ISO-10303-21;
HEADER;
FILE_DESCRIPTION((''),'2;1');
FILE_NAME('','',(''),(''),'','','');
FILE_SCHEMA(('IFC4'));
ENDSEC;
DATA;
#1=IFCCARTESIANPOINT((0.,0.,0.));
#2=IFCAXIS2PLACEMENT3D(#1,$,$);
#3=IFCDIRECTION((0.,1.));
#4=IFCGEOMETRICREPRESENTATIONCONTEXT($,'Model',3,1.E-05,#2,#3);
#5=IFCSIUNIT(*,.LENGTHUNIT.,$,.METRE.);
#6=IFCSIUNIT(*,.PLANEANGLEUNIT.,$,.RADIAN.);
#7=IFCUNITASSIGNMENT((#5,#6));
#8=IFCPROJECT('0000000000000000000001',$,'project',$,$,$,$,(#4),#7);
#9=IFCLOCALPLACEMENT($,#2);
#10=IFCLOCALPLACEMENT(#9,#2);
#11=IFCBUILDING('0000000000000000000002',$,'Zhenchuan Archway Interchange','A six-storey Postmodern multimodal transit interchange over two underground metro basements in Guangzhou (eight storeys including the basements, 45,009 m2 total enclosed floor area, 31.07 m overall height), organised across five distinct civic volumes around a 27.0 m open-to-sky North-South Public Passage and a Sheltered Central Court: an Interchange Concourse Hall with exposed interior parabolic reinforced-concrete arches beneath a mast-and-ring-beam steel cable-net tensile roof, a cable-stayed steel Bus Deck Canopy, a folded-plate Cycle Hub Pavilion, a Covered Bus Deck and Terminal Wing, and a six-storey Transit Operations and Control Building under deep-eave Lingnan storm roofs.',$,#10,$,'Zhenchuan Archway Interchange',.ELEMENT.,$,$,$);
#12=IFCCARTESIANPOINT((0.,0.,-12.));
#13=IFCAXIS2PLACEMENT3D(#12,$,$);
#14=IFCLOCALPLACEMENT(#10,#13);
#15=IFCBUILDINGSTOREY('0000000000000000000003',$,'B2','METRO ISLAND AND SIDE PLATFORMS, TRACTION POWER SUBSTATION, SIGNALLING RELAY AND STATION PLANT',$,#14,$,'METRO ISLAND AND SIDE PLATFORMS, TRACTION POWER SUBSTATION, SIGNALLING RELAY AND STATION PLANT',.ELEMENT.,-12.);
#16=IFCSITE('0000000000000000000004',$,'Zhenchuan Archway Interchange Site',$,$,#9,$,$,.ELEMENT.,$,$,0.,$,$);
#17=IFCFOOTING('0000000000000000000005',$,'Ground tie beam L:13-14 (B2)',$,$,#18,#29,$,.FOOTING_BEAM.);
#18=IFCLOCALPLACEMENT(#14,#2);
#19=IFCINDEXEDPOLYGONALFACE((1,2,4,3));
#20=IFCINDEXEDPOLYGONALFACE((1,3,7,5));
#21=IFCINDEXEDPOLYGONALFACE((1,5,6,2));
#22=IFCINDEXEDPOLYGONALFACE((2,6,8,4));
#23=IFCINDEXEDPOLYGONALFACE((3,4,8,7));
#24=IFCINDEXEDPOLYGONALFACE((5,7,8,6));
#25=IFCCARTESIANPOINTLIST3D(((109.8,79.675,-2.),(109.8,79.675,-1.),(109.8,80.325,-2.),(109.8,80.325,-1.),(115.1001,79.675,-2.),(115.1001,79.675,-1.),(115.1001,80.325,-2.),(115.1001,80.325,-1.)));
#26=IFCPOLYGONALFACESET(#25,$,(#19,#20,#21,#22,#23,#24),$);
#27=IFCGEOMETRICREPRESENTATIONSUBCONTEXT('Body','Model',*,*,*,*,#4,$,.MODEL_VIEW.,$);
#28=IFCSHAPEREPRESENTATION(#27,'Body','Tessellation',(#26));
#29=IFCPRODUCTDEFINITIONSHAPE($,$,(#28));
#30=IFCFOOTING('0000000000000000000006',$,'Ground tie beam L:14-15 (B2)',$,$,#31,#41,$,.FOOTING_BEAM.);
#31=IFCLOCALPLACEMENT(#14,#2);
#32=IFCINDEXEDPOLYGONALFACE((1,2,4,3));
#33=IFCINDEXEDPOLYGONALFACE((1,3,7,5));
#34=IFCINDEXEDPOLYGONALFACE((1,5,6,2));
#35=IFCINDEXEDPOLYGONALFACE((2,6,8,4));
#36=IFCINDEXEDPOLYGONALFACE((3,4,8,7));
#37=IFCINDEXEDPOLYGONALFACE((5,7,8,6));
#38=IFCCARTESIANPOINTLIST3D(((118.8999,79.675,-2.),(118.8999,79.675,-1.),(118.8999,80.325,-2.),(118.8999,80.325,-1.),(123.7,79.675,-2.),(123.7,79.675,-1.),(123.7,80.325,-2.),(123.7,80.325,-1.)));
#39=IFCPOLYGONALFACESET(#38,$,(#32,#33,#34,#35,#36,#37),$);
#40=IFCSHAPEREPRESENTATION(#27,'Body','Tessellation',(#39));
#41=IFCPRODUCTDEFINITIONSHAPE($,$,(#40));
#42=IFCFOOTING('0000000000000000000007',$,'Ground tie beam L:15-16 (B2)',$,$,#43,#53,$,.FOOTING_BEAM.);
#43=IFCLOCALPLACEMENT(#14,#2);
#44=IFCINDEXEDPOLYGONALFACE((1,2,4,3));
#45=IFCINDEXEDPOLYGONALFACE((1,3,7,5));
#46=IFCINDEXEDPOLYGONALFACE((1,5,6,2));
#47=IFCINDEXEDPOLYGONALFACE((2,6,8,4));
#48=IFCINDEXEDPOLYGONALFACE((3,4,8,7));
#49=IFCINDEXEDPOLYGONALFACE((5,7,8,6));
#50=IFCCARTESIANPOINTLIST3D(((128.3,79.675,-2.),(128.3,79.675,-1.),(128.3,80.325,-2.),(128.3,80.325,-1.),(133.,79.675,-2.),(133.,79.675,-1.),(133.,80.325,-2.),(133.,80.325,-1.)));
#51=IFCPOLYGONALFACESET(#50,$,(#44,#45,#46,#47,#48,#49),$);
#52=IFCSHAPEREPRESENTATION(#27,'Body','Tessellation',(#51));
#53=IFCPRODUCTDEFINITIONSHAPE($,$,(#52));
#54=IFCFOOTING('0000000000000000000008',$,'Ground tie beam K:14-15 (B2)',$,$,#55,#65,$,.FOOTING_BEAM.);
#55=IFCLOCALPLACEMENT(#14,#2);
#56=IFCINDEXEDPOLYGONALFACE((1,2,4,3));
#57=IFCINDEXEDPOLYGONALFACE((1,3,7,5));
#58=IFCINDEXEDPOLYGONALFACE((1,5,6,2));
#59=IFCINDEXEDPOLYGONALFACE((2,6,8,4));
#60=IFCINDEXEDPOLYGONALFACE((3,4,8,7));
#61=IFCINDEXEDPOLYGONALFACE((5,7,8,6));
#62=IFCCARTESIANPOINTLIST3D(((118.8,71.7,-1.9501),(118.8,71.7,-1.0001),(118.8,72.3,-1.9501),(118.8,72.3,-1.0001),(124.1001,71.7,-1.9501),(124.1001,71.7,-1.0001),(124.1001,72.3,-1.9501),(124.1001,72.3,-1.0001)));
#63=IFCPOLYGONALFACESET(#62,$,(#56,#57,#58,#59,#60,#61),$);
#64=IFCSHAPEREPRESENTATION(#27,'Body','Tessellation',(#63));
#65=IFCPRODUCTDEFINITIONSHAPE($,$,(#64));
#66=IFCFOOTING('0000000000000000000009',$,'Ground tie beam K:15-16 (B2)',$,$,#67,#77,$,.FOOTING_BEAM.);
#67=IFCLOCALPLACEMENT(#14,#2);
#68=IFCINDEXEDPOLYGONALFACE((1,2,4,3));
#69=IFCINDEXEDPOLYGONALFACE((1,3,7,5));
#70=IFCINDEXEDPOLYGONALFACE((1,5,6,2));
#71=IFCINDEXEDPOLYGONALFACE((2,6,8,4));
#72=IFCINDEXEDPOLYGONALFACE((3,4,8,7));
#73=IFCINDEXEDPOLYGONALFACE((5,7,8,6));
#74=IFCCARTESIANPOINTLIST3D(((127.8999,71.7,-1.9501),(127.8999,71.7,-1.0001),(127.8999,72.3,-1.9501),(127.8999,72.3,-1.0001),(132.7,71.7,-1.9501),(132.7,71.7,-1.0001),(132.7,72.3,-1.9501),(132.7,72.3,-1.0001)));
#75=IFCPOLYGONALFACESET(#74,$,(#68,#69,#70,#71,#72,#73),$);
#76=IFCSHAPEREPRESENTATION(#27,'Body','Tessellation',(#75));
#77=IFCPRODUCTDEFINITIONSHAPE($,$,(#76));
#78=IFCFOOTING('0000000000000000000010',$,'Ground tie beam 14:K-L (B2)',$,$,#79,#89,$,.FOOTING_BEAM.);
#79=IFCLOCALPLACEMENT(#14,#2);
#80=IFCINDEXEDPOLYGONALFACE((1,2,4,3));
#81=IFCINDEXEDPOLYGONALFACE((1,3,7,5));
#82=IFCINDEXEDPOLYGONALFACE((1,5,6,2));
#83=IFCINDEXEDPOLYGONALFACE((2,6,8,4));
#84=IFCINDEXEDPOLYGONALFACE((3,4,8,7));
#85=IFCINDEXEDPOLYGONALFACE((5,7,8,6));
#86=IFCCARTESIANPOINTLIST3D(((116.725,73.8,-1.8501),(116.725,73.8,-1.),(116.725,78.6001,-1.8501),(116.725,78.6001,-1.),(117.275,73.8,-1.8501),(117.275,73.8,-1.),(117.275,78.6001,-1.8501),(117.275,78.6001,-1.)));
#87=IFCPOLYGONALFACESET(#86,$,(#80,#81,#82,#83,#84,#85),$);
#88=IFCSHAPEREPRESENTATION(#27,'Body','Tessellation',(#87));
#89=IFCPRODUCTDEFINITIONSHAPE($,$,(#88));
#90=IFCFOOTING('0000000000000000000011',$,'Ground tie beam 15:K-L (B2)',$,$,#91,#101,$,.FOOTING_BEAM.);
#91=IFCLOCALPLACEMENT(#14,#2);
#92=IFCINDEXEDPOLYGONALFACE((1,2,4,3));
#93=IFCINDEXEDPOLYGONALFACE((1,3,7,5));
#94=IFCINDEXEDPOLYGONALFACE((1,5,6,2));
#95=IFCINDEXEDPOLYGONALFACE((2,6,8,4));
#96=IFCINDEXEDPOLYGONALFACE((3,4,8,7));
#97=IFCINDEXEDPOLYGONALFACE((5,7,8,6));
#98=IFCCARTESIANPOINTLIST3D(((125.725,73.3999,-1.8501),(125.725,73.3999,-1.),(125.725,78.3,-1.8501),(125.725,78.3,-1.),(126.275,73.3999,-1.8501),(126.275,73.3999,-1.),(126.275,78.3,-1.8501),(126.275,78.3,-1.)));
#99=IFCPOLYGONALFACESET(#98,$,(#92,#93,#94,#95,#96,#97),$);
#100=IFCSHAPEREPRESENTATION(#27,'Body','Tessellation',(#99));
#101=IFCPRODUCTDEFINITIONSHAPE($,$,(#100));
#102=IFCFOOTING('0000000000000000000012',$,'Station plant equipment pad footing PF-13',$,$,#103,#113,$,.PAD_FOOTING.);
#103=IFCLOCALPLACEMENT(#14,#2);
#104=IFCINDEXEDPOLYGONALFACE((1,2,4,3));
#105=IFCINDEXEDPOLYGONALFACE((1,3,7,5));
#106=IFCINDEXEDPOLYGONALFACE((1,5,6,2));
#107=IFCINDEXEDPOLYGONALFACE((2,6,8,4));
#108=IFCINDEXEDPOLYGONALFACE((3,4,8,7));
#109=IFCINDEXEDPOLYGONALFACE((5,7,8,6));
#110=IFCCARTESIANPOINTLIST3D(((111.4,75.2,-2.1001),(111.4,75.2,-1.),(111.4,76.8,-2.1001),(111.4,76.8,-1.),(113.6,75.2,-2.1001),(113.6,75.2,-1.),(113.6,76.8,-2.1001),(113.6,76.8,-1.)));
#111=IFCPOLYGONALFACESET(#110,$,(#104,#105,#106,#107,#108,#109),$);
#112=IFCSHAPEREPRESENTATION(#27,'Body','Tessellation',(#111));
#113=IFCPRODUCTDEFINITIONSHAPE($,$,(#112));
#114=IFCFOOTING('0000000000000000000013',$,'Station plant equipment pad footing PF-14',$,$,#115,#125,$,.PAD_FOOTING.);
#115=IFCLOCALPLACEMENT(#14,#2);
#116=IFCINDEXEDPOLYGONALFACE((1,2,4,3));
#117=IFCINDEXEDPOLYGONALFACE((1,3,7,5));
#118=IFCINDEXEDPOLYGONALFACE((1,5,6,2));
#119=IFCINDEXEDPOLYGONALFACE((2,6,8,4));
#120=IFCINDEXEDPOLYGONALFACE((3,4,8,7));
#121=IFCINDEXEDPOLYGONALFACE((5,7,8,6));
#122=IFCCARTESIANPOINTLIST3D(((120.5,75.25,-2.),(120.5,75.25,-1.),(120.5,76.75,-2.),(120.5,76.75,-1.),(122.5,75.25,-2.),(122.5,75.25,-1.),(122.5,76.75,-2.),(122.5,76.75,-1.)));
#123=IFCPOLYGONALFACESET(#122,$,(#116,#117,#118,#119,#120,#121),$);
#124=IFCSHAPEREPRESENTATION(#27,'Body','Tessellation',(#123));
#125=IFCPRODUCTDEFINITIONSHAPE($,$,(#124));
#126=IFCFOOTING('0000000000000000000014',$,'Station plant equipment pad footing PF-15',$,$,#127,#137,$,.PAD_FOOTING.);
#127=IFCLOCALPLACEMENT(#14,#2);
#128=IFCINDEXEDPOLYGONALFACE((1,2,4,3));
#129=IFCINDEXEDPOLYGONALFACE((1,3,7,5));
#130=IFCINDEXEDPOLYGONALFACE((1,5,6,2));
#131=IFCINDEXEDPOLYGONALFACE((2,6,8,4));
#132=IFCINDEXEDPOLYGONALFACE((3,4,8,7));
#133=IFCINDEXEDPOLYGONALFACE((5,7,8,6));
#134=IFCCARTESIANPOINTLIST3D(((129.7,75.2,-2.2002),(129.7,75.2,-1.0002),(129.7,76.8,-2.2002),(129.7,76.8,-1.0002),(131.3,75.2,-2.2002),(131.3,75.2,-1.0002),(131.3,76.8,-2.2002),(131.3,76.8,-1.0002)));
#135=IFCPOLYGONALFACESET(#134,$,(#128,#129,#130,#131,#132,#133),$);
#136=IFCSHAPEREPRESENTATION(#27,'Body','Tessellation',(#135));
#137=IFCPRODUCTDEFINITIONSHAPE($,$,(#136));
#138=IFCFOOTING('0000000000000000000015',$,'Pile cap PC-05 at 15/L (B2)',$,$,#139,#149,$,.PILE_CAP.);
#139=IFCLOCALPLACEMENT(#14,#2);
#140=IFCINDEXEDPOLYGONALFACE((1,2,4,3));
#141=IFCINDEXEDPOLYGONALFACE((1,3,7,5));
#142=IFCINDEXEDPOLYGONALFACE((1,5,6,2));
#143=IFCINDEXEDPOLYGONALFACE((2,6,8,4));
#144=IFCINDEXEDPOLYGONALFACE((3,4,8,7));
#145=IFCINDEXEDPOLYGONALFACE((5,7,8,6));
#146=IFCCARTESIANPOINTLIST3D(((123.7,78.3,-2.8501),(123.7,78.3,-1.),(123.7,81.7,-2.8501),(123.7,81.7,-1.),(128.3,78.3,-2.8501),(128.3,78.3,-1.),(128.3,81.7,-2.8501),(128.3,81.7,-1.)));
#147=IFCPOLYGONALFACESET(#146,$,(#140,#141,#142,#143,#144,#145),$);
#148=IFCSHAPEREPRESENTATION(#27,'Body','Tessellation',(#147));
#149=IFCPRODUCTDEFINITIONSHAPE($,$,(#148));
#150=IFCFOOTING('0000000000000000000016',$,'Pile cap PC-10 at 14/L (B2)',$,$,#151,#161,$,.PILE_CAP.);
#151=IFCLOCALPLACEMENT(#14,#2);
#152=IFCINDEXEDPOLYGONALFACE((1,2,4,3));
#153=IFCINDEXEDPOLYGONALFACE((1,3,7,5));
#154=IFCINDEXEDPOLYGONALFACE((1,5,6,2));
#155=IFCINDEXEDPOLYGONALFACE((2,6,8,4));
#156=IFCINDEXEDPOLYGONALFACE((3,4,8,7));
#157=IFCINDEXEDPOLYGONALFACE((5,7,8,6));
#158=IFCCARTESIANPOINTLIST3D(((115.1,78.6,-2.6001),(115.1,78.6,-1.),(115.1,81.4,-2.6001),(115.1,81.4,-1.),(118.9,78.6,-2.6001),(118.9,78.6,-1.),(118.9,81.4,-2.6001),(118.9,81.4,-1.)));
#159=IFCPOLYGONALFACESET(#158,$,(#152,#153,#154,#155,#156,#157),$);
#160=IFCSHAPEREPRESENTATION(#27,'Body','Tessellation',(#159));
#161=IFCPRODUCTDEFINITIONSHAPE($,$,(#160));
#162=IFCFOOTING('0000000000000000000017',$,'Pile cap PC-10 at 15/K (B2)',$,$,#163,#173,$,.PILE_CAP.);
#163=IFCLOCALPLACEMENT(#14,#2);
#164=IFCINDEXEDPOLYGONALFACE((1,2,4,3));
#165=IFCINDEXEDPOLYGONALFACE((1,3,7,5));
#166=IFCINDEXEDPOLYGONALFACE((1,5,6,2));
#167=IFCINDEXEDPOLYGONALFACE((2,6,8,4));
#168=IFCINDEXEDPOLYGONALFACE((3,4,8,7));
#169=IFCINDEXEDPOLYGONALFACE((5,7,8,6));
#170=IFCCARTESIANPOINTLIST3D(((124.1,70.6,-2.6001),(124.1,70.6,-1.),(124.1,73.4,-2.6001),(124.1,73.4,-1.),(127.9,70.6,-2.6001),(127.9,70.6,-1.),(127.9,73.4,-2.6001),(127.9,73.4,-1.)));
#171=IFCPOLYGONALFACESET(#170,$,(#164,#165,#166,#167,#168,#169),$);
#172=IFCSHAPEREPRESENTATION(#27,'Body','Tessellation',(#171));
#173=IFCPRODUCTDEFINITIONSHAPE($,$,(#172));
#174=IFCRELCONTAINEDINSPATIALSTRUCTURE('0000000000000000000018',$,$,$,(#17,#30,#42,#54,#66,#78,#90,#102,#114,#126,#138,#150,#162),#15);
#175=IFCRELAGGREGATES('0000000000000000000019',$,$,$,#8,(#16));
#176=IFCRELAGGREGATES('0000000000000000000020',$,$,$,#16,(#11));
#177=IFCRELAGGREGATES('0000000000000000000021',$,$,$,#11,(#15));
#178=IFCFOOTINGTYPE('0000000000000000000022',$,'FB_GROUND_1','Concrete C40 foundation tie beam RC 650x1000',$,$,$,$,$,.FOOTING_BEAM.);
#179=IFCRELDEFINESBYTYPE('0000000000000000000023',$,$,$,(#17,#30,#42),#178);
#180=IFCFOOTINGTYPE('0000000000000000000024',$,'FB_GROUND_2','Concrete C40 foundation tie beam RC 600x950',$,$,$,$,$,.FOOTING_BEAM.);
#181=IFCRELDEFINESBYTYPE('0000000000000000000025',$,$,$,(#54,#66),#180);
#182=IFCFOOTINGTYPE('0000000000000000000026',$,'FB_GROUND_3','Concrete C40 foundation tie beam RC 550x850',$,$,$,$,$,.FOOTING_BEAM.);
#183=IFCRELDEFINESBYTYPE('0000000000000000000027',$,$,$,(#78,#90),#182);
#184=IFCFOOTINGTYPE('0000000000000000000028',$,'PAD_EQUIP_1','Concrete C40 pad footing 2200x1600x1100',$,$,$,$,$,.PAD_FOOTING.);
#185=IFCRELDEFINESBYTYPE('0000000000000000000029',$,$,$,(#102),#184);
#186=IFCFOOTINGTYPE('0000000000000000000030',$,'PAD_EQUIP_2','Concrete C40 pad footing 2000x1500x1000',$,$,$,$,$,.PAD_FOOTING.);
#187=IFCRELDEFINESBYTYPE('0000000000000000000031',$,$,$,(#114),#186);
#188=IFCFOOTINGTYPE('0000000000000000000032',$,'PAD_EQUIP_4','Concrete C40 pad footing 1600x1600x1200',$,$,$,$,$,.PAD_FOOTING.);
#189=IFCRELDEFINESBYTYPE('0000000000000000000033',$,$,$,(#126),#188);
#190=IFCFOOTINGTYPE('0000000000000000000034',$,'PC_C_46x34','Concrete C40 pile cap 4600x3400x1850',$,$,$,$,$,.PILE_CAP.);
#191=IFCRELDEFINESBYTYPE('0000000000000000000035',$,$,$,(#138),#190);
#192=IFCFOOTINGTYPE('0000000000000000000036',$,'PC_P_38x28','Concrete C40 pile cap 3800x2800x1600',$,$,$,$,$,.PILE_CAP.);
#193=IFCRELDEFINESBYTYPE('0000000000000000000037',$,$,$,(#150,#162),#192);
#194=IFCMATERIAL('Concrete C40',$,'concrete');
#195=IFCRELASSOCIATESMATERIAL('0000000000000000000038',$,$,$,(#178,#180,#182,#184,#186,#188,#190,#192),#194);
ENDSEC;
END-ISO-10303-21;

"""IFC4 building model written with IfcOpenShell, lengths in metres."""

from ifc_helpers import new_model, si_unit, direction, frame, origin, origin_2d, place, context, subcontext, project, spatial, rectangle, extrude, material, material_profile, profile_set, type_object, element, save


model = new_model("IFC4")

# Units and contexts
model_context = context("Model", 3, precision=1e-05, world=origin(), true_north=direction((0.0, 1.0)))
body_context = subcontext(model_context, "Body", "Model", "MODEL_VIEW")
ifc_project = project(units=[si_unit("LENGTHUNIT", "METRE"), si_unit("PLANEANGLEUNIT", "RADIAN")], contexts=[model_context])

# Site, building, storey
site_placement = place(None, origin())
site = spatial("IfcSite", under=ifc_project, at=site_placement, Name="Zhenchuan Archway Interchange Site", CompositionType="ELEMENT", RefElevation=0.0)
building_placement = place(site_placement, origin())
building = spatial("IfcBuilding", under=site, at=building_placement, Name="Zhenchuan Archway Interchange", Description="A six-storey Postmodern multimodal transit interchange over two underground metro basements in Guangzhou (eight storeys including the basements, 45,009 m2 total enclosed floor area, 31.07 m overall height), organised across five distinct civic volumes around a 27.0 m open-to-sky North-South Public Passage and a Sheltered Central Court: an Interchange Concourse Hall with exposed interior parabolic reinforced-concrete arches beneath a mast-and-ring-beam steel cable-net tensile roof, a cable-stayed steel Bus Deck Canopy, a folded-plate Cycle Hub Pavilion, a Covered Bus Deck and Terminal Wing, and a six-storey Transit Operations and Control Building under deep-eave Lingnan storm roofs.", LongName="Zhenchuan Archway Interchange", CompositionType="ELEMENT")
storey_placement = place(building_placement, frame((0.0, 0.0, -12.0)))
storey = spatial("IfcBuildingStorey", under=building, at=storey_placement, Name="B2", Description="METRO ISLAND AND SIDE PLATFORMS, TRACTION POWER SUBSTATION, SIGNALLING RELAY AND STATION PLANT", LongName="METRO ISLAND AND SIDE PLATFORMS, TRACTION POWER SUBSTATION, SIGNALLING RELAY AND STATION PLANT", CompositionType="ELEMENT", Elevation=-12.0)

# Footings
ifc_material_1 = material(Name="Concrete C40", Category="concrete")
ifc_material_profile_1 = material_profile(ifc_material_1, rectangle(XDim=0.6499, YDim=1.0, at=origin_2d()), Name="RC 650x1000")
ifc_profile_set_1 = profile_set([ifc_material_profile_1], Name="Concrete C40")
footing_type_1 = type_object("IfcFootingType", Name="FB_GROUND_1", Description="Concrete C40 foundation tie beam RC 650x1000", PredefinedType="FOOTING_BEAM", material=ifc_profile_set_1)
footing_1_placement = place(storey_placement, frame((109.8, 80.0, -1.5), z_axis=(1.0, 0.0, 0.0), x_axis=(0.0, 1.0, 0.0)))
element("IfcFooting", 1, at=footing_1_placement, inside=storey, type_object=footing_type_1, Name="Ground tie beam L:13-14 (B2)", PredefinedType="FOOTING_BEAM", context=body_context, shape_type="SweptSolid", body=[
    extrude(rectangle(XDim=0.6499, YDim=1.0, at=origin_2d()), origin(), (0.0, 0.0, 1.0), 5.3),
])
footing_2_placement = place(storey_placement, frame((118.8999, 80.0, -1.5), z_axis=(1.0, 0.0, 0.0), x_axis=(0.0, 1.0, 0.0)))
element("IfcFooting", 2, at=footing_2_placement, inside=storey, type_object=footing_type_1, Name="Ground tie beam L:14-15 (B2)", PredefinedType="FOOTING_BEAM", context=body_context, shape_type="SweptSolid", body=[
    extrude(rectangle(XDim=0.6499, YDim=1.0, at=origin_2d()), origin(), (0.0, 0.0, 1.0), 4.8),
])
footing_3_placement = place(storey_placement, frame((128.3, 80.0, -1.5), z_axis=(1.0, 0.0, 0.0), x_axis=(0.0, 1.0, 0.0)))
element("IfcFooting", 3, at=footing_3_placement, inside=storey, type_object=footing_type_1, Name="Ground tie beam L:15-16 (B2)", PredefinedType="FOOTING_BEAM", context=body_context, shape_type="SweptSolid", body=[
    extrude(rectangle(XDim=0.6499, YDim=1.0, at=origin_2d()), origin(), (0.0, 0.0, 1.0), 4.7),
])
ifc_material_profile_2 = material_profile(ifc_material_1, rectangle(XDim=0.6001, YDim=0.95, at=origin_2d()), Name="RC 600x950")
ifc_profile_set_2 = profile_set([ifc_material_profile_2], Name="Concrete C40")
footing_type_2 = type_object("IfcFootingType", Name="FB_GROUND_2", Description="Concrete C40 foundation tie beam RC 600x950", PredefinedType="FOOTING_BEAM", material=ifc_profile_set_2)
footing_4_placement = place(storey_placement, frame((118.8, 72.0, -1.4751), z_axis=(1.0, 0.0, 0.0), x_axis=(0.0, 1.0, 0.0)))
element("IfcFooting", 4, at=footing_4_placement, inside=storey, type_object=footing_type_2, Name="Ground tie beam K:14-15 (B2)", PredefinedType="FOOTING_BEAM", context=body_context, shape_type="SweptSolid", body=[
    extrude(rectangle(XDim=0.6001, YDim=0.95, at=origin_2d()), origin(), (0.0, 0.0, 1.0), 5.3),
])
footing_5_placement = place(storey_placement, frame((127.8999, 72.0, -1.4751), z_axis=(1.0, 0.0, 0.0), x_axis=(0.0, 1.0, 0.0)))
element("IfcFooting", 5, at=footing_5_placement, inside=storey, type_object=footing_type_2, Name="Ground tie beam K:15-16 (B2)", PredefinedType="FOOTING_BEAM", context=body_context, shape_type="SweptSolid", body=[
    extrude(rectangle(XDim=0.6001, YDim=0.95, at=origin_2d()), origin(), (0.0, 0.0, 1.0), 4.8),
])
ifc_material_profile_3 = material_profile(ifc_material_1, rectangle(XDim=0.55, YDim=0.8501, at=origin_2d()), Name="RC 550x850")
ifc_profile_set_3 = profile_set([ifc_material_profile_3], Name="Concrete C40")
footing_type_3 = type_object("IfcFootingType", Name="FB_GROUND_3", Description="Concrete C40 foundation tie beam RC 550x850", PredefinedType="FOOTING_BEAM", material=ifc_profile_set_3)
footing_6_placement = place(storey_placement, frame((117.0, 73.8, -1.425), z_axis=(0.0, 1.0, 0.0), x_axis=(-1.0, 0.0, 0.0)))
element("IfcFooting", 6, at=footing_6_placement, inside=storey, type_object=footing_type_3, Name="Ground tie beam 14:K-L (B2)", PredefinedType="FOOTING_BEAM", context=body_context, shape_type="SweptSolid", body=[
    extrude(rectangle(XDim=0.55, YDim=0.8501, at=origin_2d()), origin(), (0.0, 0.0, 1.0), 4.8),
])
footing_7_placement = place(storey_placement, frame((126.0, 73.3999, -1.425), z_axis=(0.0, 1.0, 0.0), x_axis=(-1.0, 0.0, 0.0)))
element("IfcFooting", 7, at=footing_7_placement, inside=storey, type_object=footing_type_3, Name="Ground tie beam 15:K-L (B2)", PredefinedType="FOOTING_BEAM", context=body_context, shape_type="SweptSolid", body=[
    extrude(rectangle(XDim=0.55, YDim=0.8501, at=origin_2d()), origin(), (0.0, 0.0, 1.0), 4.9001),
])
footing_type_4 = type_object("IfcFootingType", Name="PAD_EQUIP_1", Description="Concrete C40 pad footing 2200x1600x1100", PredefinedType="PAD_FOOTING", material=ifc_material_1)
footing_8_placement = place(storey_placement, frame((112.5, 76.0, -2.1001), z_axis=(0.0, 0.0, 1.0), x_axis=(1.0, 0.0, 0.0)))
element("IfcFooting", 8, at=footing_8_placement, inside=storey, type_object=footing_type_4, Name="Station plant equipment pad footing PF-13", PredefinedType="PAD_FOOTING", context=body_context, shape_type="SweptSolid", body=[
    extrude(rectangle(XDim=2.2, YDim=1.6001, at=origin_2d()), origin(), (0.0, 0.0, 1.0), 1.1001),
])
footing_type_5 = type_object("IfcFootingType", Name="PAD_EQUIP_2", Description="Concrete C40 pad footing 2000x1500x1000", PredefinedType="PAD_FOOTING", material=ifc_material_1)
footing_9_placement = place(storey_placement, frame((121.5, 76.0, -2.0), z_axis=(0.0, 0.0, 1.0), x_axis=(1.0, 0.0, 0.0)))
element("IfcFooting", 9, at=footing_9_placement, inside=storey, type_object=footing_type_5, Name="Station plant equipment pad footing PF-14", PredefinedType="PAD_FOOTING", context=body_context, shape_type="SweptSolid", body=[
    extrude(rectangle(XDim=2.0, YDim=1.5, at=origin_2d()), origin(), (0.0, 0.0, 1.0), 1.0),
])
footing_type_6 = type_object("IfcFootingType", Name="PAD_EQUIP_4", Description="Concrete C40 pad footing 1600x1600x1200", PredefinedType="PAD_FOOTING", material=ifc_material_1)
footing_10_placement = place(storey_placement, frame((130.5, 76.0, -2.2002), z_axis=(0.0, 0.0, 1.0), x_axis=(1.0, 0.0, 0.0)))
element("IfcFooting", 10, at=footing_10_placement, inside=storey, type_object=footing_type_6, Name="Station plant equipment pad footing PF-15", PredefinedType="PAD_FOOTING", context=body_context, shape_type="SweptSolid", body=[
    extrude(rectangle(XDim=1.6001, YDim=1.6001, at=origin_2d()), origin(), (0.0, 0.0, 1.0), 1.2),
])
footing_type_7 = type_object("IfcFootingType", Name="PC_C_46x34", Description="Concrete C40 pile cap 4600x3400x1850", PredefinedType="PILE_CAP", material=ifc_material_1)
footing_11_placement = place(storey_placement, frame((126.0, 80.0, -2.8501), z_axis=(0.0, 0.0, 1.0), x_axis=(1.0, 0.0, 0.0)))
element("IfcFooting", 11, at=footing_11_placement, inside=storey, type_object=footing_type_7, Name="Pile cap PC-05 at 15/L (B2)", PredefinedType="PILE_CAP", context=body_context, shape_type="SweptSolid", body=[
    extrude(rectangle(XDim=4.6001, YDim=3.3999, at=origin_2d()), origin(), (0.0, 0.0, 1.0), 1.8501),
])
footing_type_8 = type_object("IfcFootingType", Name="PC_P_38x28", Description="Concrete C40 pile cap 3800x2800x1600", PredefinedType="PILE_CAP", material=ifc_material_1)
for number, where, z_axis, x_axis, name in (
    (12, (117.0, 80.0, -2.6001), (0.0, 0.0, 1.0), (1.0, 0.0, 0.0), "Pile cap PC-10 at 14/L (B2)"),
    (13, (126.0, 72.0, -2.6001), (0.0, 0.0, 1.0), (1.0, 0.0, 0.0), "Pile cap PC-10 at 15/K (B2)"),
):
    element("IfcFooting", number, at=place(storey_placement, frame(where, z_axis=z_axis, x_axis=x_axis)), inside=storey, type_object=footing_type_8, Name=name, PredefinedType="PILE_CAP", context=body_context, shape_type="SweptSolid", body=[
        extrude(rectangle(XDim=3.8, YDim=2.8, at=origin_2d()), origin(), (0.0, 0.0, 1.0), 1.6001),
    ])

save(model, "model.ifc")
